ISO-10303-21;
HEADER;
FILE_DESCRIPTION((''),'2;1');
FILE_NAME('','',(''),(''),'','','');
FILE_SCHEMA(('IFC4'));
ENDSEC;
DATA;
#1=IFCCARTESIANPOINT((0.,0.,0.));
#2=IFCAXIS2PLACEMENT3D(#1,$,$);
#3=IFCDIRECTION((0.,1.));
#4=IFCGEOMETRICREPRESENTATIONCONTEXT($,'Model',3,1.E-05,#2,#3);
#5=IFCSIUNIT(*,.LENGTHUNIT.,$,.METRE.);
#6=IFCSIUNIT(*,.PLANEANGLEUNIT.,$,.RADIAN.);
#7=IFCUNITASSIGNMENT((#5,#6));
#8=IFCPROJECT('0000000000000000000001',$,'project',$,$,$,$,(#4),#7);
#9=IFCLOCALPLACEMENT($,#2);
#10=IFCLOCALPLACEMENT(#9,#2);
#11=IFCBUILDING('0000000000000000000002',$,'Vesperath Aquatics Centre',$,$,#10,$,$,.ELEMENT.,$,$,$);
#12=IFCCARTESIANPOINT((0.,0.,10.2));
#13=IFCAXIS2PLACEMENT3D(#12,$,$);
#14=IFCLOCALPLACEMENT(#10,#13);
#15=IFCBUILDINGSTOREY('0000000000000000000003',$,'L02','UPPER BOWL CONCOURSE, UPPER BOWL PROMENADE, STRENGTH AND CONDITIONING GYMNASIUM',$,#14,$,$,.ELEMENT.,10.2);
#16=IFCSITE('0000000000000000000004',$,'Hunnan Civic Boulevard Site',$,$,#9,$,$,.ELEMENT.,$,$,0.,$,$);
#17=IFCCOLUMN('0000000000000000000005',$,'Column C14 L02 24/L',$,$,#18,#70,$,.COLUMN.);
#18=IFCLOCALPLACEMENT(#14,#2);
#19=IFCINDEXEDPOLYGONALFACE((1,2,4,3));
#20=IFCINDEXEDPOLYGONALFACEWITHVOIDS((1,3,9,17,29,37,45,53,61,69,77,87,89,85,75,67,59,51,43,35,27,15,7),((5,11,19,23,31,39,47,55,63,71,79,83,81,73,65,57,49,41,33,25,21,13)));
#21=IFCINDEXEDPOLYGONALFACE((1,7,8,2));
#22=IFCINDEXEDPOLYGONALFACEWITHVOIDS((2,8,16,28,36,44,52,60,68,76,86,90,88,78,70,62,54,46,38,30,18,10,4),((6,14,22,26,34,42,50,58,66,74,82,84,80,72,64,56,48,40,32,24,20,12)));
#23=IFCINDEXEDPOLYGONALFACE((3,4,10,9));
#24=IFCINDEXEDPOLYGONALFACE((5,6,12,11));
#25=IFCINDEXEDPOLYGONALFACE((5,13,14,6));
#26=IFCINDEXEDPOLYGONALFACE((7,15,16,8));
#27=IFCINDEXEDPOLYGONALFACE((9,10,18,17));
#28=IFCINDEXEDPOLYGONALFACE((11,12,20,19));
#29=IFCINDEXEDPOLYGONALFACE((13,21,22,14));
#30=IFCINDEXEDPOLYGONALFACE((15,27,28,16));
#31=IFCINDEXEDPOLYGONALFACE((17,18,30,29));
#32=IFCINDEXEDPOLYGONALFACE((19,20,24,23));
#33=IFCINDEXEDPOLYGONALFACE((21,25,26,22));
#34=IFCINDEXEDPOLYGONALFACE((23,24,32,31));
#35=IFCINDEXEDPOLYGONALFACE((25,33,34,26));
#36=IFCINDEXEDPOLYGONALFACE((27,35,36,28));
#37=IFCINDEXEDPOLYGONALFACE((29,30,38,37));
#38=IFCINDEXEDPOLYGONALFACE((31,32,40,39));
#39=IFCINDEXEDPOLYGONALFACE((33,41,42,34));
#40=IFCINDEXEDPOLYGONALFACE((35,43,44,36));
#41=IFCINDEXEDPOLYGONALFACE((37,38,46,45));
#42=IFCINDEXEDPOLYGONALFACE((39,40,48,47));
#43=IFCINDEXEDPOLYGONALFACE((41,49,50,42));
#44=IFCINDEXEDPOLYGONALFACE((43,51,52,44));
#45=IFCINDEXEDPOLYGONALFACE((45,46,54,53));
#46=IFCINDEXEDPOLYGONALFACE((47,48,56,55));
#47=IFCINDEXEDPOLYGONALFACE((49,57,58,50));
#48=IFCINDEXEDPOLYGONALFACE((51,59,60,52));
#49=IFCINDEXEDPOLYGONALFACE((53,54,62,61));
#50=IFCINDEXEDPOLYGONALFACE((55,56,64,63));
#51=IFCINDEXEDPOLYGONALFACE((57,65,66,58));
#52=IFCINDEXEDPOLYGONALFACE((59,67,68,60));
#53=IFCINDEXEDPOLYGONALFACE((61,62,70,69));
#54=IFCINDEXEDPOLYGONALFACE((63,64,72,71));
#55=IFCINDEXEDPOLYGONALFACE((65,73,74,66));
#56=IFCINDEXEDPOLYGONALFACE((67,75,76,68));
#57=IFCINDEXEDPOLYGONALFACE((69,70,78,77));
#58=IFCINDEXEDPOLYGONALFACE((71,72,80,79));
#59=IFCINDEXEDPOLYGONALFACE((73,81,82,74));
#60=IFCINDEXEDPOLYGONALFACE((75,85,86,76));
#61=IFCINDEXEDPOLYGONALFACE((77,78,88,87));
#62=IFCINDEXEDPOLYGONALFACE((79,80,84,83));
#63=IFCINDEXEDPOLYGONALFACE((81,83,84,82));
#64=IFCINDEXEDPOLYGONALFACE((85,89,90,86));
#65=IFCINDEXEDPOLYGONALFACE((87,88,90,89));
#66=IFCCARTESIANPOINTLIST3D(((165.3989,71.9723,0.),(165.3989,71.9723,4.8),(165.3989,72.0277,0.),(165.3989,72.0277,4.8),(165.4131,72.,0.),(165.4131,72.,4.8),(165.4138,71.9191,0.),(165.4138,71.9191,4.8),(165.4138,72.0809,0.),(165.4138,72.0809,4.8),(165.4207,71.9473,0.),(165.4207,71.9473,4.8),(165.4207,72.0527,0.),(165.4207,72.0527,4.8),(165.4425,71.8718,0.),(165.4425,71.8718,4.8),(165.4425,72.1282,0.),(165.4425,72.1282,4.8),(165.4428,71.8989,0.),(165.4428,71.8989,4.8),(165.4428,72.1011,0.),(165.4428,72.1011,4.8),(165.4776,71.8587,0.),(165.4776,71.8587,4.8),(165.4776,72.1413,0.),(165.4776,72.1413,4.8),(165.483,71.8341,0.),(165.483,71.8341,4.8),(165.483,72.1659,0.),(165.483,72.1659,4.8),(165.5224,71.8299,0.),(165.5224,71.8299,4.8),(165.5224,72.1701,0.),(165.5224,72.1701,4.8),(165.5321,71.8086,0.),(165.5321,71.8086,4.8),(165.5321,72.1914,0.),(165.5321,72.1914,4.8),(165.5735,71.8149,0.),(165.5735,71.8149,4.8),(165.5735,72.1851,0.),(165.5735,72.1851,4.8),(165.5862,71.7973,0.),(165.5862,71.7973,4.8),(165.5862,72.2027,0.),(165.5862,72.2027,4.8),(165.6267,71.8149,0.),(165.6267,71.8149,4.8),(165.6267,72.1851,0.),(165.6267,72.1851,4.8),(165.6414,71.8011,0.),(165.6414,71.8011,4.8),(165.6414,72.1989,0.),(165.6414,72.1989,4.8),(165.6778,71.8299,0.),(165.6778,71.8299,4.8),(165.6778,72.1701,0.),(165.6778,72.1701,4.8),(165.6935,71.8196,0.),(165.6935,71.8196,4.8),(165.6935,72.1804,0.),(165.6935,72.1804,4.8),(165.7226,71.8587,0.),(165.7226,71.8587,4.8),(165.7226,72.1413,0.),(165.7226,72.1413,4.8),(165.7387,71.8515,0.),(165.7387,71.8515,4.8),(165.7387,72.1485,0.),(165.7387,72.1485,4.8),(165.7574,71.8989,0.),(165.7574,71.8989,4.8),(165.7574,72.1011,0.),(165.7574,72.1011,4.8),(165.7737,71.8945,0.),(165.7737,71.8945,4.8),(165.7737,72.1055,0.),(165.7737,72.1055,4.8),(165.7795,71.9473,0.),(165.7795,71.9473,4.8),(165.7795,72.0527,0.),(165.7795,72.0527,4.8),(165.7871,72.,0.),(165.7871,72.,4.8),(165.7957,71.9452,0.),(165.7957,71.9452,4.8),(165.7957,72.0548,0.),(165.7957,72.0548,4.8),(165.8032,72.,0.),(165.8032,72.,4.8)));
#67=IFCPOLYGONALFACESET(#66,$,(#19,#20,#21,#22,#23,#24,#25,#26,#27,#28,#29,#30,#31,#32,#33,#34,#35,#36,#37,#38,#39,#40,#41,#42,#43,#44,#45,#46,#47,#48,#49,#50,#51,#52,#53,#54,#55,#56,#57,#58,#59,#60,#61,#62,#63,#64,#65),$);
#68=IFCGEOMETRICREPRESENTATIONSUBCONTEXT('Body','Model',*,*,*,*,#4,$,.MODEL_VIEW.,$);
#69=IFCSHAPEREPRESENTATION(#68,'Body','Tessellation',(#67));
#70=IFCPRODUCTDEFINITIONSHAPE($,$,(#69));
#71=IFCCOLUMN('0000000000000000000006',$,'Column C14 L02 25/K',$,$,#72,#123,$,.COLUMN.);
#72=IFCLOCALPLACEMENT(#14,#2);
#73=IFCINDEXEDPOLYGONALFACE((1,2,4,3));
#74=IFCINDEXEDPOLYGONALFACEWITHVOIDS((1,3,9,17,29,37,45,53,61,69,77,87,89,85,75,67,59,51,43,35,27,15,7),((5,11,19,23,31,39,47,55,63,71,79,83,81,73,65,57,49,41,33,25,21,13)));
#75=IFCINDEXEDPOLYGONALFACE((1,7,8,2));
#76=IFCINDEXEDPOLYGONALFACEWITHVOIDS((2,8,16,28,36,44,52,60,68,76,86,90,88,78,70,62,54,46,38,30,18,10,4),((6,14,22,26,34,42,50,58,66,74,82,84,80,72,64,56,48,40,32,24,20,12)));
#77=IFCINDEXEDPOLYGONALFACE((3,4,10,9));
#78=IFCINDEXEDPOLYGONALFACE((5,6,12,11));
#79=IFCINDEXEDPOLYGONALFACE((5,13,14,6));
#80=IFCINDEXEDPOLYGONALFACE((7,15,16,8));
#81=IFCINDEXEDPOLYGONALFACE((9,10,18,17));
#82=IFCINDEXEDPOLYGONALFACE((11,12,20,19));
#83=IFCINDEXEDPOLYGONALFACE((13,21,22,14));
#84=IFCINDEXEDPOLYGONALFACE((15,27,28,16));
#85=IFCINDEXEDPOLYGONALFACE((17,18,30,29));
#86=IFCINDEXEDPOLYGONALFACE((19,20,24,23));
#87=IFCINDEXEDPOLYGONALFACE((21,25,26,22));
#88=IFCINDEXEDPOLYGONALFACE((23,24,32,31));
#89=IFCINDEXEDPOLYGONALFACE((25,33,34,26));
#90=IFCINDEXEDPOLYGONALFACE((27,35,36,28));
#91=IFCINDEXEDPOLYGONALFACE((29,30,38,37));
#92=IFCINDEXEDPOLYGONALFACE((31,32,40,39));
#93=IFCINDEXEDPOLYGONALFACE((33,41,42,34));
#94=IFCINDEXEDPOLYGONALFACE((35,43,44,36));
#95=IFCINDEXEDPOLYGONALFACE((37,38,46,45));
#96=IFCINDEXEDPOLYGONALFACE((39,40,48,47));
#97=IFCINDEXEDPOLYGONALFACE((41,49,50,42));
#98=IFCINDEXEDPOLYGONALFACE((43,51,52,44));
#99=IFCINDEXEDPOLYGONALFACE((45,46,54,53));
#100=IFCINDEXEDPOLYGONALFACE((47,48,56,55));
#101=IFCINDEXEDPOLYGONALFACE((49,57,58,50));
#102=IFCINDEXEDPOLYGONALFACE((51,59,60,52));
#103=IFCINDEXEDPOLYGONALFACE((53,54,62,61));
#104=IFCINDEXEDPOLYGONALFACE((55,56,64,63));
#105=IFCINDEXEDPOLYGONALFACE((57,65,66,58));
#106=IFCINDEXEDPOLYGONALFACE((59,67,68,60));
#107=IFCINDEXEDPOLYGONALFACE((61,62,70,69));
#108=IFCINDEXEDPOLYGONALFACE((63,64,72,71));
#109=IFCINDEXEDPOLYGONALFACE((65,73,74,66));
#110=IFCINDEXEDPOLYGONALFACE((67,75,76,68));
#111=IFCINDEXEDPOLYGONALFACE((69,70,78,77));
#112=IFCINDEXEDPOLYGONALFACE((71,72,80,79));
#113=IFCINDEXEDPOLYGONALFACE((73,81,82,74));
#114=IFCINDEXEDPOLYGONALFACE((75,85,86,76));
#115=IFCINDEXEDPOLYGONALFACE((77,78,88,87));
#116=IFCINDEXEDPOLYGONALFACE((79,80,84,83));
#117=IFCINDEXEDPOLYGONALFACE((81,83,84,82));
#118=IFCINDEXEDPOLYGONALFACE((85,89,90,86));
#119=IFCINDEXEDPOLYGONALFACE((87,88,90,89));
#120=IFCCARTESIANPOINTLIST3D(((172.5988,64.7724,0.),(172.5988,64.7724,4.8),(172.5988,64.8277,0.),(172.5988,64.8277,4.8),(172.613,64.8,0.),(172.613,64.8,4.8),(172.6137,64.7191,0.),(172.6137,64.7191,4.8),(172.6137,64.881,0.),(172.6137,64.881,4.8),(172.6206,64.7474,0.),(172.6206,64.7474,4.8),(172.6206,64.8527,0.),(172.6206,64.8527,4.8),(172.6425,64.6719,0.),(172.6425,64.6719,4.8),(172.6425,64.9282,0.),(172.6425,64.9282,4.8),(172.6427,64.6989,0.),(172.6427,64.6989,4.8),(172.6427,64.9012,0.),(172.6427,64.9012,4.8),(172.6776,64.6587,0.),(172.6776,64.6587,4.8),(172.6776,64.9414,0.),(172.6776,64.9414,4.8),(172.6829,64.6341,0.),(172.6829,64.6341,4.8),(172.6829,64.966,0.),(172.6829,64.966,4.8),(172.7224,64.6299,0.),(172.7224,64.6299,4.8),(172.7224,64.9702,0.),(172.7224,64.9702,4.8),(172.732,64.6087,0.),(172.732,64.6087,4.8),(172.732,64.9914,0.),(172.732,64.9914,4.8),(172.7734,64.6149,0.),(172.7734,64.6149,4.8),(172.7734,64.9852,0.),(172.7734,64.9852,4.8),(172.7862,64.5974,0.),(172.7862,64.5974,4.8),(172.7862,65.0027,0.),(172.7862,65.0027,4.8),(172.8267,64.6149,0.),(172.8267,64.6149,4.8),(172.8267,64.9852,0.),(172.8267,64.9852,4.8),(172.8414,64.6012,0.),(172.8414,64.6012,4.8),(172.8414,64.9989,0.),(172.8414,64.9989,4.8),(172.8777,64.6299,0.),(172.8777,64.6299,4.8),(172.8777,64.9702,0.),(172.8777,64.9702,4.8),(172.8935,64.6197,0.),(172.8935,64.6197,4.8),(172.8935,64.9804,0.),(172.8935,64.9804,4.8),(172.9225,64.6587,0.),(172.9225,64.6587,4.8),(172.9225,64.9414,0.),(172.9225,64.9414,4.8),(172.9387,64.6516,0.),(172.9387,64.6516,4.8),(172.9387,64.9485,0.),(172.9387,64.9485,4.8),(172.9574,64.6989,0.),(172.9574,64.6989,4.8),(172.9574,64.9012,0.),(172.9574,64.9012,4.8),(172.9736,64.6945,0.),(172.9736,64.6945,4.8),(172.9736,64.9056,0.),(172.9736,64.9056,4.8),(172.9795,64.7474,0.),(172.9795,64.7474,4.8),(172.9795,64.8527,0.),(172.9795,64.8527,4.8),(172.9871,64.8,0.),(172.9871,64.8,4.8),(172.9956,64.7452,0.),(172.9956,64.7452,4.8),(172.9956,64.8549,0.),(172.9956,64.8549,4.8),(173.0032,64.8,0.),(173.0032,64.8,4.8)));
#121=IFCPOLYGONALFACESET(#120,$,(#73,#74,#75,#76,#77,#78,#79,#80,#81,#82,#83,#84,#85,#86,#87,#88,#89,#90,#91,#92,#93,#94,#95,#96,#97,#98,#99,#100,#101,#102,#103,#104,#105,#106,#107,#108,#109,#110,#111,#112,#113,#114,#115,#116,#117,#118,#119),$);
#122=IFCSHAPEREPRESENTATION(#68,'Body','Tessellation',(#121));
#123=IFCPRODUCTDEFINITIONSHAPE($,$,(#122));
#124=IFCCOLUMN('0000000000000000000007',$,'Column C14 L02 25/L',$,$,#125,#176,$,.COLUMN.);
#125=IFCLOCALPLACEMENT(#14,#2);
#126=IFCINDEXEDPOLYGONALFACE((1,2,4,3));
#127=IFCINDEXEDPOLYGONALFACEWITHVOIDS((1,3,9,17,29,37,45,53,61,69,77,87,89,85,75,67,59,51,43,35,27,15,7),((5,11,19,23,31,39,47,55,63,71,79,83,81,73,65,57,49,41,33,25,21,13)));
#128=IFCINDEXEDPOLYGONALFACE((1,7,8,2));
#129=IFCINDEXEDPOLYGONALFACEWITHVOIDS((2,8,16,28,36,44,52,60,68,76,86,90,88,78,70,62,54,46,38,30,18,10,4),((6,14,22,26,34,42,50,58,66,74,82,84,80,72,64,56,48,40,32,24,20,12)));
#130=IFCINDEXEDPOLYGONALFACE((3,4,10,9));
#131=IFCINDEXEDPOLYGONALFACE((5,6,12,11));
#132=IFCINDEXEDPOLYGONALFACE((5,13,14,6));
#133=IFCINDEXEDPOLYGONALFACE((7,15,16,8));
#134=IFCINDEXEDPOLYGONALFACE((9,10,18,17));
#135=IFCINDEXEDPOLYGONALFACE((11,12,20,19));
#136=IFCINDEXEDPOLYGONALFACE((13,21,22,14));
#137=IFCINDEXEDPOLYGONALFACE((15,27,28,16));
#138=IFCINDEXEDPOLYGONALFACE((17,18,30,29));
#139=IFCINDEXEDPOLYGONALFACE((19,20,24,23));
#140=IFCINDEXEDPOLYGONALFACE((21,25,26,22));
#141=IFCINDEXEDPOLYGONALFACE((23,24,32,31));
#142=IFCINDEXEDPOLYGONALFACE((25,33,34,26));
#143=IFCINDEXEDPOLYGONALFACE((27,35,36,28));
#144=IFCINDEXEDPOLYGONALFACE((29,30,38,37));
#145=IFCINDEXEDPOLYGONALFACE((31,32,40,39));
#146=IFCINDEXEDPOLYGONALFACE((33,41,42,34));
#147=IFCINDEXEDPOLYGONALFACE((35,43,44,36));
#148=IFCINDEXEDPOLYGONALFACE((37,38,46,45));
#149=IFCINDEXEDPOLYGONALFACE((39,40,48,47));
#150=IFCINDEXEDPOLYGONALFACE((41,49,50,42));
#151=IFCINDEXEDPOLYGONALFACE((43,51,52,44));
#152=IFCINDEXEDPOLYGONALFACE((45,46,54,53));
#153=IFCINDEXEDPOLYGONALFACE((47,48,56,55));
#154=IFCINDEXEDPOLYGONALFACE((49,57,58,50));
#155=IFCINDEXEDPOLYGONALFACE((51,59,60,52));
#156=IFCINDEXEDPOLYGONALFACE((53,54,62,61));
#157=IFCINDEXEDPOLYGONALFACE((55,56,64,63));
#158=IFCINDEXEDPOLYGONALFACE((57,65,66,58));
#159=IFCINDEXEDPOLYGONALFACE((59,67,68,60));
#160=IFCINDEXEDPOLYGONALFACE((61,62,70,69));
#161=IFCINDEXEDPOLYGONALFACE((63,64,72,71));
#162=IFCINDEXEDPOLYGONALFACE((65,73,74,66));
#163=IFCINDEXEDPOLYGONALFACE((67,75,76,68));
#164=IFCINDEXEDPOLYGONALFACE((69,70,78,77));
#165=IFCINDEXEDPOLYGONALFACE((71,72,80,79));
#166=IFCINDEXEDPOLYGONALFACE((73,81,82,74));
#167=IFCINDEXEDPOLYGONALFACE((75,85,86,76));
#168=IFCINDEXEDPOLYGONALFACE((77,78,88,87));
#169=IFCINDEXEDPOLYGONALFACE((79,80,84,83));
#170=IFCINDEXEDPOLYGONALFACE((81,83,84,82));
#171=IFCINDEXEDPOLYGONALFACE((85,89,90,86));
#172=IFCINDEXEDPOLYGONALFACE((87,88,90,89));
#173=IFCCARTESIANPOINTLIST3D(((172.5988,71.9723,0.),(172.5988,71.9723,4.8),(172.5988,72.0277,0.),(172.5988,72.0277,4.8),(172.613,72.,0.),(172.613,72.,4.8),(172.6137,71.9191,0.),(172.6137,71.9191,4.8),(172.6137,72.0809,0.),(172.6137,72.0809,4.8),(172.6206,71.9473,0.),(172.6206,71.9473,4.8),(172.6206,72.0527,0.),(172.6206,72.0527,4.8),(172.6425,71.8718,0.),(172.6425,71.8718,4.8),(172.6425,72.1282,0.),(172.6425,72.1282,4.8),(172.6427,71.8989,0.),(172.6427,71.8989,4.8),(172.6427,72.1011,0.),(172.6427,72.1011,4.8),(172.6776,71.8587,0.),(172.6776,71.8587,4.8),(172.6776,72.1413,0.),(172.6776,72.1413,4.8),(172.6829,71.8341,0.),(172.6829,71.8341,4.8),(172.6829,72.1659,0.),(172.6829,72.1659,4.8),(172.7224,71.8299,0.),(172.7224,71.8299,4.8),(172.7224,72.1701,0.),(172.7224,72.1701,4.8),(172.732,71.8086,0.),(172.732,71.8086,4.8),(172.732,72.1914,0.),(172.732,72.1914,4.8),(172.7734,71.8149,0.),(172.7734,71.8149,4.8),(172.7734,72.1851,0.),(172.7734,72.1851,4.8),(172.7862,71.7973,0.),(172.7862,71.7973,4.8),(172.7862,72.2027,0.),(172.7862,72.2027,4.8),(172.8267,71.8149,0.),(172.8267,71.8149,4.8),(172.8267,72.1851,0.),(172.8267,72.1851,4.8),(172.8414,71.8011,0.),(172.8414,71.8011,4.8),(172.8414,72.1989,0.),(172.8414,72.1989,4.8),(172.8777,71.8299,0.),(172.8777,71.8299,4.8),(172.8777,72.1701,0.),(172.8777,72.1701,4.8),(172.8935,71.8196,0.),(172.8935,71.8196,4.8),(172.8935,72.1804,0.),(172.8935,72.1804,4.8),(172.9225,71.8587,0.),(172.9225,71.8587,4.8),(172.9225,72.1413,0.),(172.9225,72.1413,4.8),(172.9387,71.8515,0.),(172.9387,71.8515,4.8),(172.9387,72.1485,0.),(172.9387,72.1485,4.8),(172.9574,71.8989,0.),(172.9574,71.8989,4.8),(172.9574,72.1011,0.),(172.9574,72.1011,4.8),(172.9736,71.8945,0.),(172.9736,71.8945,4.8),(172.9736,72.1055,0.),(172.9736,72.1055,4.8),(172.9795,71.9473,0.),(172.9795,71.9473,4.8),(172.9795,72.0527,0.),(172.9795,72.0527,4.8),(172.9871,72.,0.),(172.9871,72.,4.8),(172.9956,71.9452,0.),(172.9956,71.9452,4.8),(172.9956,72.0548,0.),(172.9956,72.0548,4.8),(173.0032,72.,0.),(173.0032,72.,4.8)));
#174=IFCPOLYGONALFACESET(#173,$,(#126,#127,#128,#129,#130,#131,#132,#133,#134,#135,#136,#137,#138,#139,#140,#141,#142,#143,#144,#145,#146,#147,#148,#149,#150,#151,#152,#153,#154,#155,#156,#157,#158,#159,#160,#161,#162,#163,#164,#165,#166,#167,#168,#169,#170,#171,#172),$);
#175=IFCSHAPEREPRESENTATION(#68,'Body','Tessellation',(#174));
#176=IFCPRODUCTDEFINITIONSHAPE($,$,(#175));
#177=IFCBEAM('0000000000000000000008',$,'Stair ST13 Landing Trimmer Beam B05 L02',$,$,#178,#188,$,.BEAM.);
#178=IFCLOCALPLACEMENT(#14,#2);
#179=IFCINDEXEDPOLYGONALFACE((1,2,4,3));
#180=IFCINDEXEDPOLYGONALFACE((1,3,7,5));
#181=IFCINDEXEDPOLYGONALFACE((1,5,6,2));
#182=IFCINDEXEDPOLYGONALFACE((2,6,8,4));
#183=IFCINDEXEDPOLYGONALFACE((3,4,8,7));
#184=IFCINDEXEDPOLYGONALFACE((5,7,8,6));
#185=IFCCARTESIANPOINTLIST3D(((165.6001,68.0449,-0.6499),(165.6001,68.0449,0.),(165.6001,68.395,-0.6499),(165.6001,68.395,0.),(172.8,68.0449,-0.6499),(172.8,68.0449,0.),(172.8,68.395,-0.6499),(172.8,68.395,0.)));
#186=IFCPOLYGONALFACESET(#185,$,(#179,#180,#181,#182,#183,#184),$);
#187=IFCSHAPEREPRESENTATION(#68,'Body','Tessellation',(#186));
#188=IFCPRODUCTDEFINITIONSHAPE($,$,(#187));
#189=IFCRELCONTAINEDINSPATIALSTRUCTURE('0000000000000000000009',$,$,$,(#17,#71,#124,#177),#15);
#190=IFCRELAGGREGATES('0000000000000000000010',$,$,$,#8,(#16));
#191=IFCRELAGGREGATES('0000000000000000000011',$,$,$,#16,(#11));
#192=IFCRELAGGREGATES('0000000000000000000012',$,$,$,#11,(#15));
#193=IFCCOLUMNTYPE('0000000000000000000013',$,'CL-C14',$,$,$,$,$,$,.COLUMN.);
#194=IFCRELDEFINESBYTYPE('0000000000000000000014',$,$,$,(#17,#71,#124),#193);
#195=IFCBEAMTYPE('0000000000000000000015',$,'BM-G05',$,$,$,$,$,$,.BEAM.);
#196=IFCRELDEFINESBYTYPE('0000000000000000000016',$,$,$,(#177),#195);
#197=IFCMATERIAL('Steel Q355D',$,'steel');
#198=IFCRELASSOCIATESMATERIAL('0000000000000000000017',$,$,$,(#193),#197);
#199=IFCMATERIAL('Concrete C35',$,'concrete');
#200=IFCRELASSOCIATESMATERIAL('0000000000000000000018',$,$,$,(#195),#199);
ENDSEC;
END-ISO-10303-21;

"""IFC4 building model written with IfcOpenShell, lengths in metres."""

from ifc_helpers import new_model, si_unit, direction, frame, origin, origin_2d, place, context, subcontext, project, spatial, rectangle, hollow_circle, extrude, material, material_profile, profile_set, type_object, element, save


model = new_model("IFC4")

# Units and contexts
model_context = context("Model", 3, precision=1e-05, world=origin(), true_north=direction((0.0, 1.0)))
body_context = subcontext(model_context, "Body", "Model", "MODEL_VIEW")
ifc_project = project(units=[si_unit("LENGTHUNIT", "METRE"), si_unit("PLANEANGLEUNIT", "RADIAN")], contexts=[model_context])

# Site, building, storey
site_placement = place(None, origin())
site = spatial("IfcSite", under=ifc_project, at=site_placement, Name="Hunnan Civic Boulevard Site", CompositionType="ELEMENT", RefElevation=0.0)
building_placement = place(site_placement, origin())
building = spatial("IfcBuilding", under=site, at=building_placement, Name="Vesperath Aquatics Centre", CompositionType="ELEMENT")
storey_placement = place(building_placement, frame((0.0, 0.0, 10.2)))
storey = spatial("IfcBuildingStorey", under=building, at=storey_placement, Name="L02", Description="UPPER BOWL CONCOURSE, UPPER BOWL PROMENADE, STRENGTH AND CONDITIONING GYMNASIUM", CompositionType="ELEMENT", Elevation=10.2)

# Columns
ifc_material_1 = material(Name="Steel Q355D", Category="steel")
ifc_material_profile_1 = material_profile(ifc_material_1, hollow_circle(Radius=0.2031, WallThickness=0.0161, at=origin_2d()), Name="CHS 406.4x16")
ifc_profile_set_1 = profile_set([ifc_material_profile_1], Name="Steel Q355D")
column_type = type_object("IfcColumnType", Name="CL-C14", PredefinedType="COLUMN", material=ifc_profile_set_1)
for number, where, z_axis, x_axis, name in (
    (1, (165.6001, 72.0, 0.0), (0.0, 0.0, 1.0), (1.0, 0.0, 0.0), "Column C14 L02 24/L"),
    (2, (172.8, 64.8, 0.0), (0.0, 0.0, 1.0), (1.0, 0.0, 0.0), "Column C14 L02 25/K"),
    (3, (172.8, 72.0, 0.0), (0.0, 0.0, 1.0), (1.0, 0.0, 0.0), "Column C14 L02 25/L"),
):
    element("IfcColumn", number, at=place(storey_placement, frame(where, z_axis=z_axis, x_axis=x_axis)), inside=storey, type_object=column_type, Name=name, PredefinedType="COLUMN", context=body_context, shape_type="SweptSolid", body=[
        extrude(hollow_circle(Radius=0.2031, WallThickness=0.0161, at=origin_2d()), origin(), (0.0, 0.0, 1.0), 4.8),
    ])

# Beam
ifc_material_2 = material(Name="Concrete C35", Category="concrete")
ifc_material_profile_2 = material_profile(ifc_material_2, rectangle(XDim=0.3501, YDim=0.6499, at=origin_2d()), Name="RC 350x650")
ifc_profile_set_2 = profile_set([ifc_material_profile_2], Name="Concrete C35")
beam_type_1 = type_object("IfcBeamType", Name="BM-G05", PredefinedType="BEAM", material=ifc_profile_set_2)
beam_1_placement = place(storey_placement, frame((165.6001, 68.22, -0.325), z_axis=(1.0, 0.0, 0.0), x_axis=(0.0, 1.0, 0.0)))
element("IfcBeam", 4, at=beam_1_placement, inside=storey, type_object=beam_type_1, Name="Stair ST13 Landing Trimmer Beam B05 L02", PredefinedType="BEAM", context=body_context, shape_type="SweptSolid", body=[
    extrude(rectangle(XDim=0.3501, YDim=0.6499, at=origin_2d()), origin(), (0.0, 0.0, 1.0), 7.2),
])

save(model, "model.ifc")
